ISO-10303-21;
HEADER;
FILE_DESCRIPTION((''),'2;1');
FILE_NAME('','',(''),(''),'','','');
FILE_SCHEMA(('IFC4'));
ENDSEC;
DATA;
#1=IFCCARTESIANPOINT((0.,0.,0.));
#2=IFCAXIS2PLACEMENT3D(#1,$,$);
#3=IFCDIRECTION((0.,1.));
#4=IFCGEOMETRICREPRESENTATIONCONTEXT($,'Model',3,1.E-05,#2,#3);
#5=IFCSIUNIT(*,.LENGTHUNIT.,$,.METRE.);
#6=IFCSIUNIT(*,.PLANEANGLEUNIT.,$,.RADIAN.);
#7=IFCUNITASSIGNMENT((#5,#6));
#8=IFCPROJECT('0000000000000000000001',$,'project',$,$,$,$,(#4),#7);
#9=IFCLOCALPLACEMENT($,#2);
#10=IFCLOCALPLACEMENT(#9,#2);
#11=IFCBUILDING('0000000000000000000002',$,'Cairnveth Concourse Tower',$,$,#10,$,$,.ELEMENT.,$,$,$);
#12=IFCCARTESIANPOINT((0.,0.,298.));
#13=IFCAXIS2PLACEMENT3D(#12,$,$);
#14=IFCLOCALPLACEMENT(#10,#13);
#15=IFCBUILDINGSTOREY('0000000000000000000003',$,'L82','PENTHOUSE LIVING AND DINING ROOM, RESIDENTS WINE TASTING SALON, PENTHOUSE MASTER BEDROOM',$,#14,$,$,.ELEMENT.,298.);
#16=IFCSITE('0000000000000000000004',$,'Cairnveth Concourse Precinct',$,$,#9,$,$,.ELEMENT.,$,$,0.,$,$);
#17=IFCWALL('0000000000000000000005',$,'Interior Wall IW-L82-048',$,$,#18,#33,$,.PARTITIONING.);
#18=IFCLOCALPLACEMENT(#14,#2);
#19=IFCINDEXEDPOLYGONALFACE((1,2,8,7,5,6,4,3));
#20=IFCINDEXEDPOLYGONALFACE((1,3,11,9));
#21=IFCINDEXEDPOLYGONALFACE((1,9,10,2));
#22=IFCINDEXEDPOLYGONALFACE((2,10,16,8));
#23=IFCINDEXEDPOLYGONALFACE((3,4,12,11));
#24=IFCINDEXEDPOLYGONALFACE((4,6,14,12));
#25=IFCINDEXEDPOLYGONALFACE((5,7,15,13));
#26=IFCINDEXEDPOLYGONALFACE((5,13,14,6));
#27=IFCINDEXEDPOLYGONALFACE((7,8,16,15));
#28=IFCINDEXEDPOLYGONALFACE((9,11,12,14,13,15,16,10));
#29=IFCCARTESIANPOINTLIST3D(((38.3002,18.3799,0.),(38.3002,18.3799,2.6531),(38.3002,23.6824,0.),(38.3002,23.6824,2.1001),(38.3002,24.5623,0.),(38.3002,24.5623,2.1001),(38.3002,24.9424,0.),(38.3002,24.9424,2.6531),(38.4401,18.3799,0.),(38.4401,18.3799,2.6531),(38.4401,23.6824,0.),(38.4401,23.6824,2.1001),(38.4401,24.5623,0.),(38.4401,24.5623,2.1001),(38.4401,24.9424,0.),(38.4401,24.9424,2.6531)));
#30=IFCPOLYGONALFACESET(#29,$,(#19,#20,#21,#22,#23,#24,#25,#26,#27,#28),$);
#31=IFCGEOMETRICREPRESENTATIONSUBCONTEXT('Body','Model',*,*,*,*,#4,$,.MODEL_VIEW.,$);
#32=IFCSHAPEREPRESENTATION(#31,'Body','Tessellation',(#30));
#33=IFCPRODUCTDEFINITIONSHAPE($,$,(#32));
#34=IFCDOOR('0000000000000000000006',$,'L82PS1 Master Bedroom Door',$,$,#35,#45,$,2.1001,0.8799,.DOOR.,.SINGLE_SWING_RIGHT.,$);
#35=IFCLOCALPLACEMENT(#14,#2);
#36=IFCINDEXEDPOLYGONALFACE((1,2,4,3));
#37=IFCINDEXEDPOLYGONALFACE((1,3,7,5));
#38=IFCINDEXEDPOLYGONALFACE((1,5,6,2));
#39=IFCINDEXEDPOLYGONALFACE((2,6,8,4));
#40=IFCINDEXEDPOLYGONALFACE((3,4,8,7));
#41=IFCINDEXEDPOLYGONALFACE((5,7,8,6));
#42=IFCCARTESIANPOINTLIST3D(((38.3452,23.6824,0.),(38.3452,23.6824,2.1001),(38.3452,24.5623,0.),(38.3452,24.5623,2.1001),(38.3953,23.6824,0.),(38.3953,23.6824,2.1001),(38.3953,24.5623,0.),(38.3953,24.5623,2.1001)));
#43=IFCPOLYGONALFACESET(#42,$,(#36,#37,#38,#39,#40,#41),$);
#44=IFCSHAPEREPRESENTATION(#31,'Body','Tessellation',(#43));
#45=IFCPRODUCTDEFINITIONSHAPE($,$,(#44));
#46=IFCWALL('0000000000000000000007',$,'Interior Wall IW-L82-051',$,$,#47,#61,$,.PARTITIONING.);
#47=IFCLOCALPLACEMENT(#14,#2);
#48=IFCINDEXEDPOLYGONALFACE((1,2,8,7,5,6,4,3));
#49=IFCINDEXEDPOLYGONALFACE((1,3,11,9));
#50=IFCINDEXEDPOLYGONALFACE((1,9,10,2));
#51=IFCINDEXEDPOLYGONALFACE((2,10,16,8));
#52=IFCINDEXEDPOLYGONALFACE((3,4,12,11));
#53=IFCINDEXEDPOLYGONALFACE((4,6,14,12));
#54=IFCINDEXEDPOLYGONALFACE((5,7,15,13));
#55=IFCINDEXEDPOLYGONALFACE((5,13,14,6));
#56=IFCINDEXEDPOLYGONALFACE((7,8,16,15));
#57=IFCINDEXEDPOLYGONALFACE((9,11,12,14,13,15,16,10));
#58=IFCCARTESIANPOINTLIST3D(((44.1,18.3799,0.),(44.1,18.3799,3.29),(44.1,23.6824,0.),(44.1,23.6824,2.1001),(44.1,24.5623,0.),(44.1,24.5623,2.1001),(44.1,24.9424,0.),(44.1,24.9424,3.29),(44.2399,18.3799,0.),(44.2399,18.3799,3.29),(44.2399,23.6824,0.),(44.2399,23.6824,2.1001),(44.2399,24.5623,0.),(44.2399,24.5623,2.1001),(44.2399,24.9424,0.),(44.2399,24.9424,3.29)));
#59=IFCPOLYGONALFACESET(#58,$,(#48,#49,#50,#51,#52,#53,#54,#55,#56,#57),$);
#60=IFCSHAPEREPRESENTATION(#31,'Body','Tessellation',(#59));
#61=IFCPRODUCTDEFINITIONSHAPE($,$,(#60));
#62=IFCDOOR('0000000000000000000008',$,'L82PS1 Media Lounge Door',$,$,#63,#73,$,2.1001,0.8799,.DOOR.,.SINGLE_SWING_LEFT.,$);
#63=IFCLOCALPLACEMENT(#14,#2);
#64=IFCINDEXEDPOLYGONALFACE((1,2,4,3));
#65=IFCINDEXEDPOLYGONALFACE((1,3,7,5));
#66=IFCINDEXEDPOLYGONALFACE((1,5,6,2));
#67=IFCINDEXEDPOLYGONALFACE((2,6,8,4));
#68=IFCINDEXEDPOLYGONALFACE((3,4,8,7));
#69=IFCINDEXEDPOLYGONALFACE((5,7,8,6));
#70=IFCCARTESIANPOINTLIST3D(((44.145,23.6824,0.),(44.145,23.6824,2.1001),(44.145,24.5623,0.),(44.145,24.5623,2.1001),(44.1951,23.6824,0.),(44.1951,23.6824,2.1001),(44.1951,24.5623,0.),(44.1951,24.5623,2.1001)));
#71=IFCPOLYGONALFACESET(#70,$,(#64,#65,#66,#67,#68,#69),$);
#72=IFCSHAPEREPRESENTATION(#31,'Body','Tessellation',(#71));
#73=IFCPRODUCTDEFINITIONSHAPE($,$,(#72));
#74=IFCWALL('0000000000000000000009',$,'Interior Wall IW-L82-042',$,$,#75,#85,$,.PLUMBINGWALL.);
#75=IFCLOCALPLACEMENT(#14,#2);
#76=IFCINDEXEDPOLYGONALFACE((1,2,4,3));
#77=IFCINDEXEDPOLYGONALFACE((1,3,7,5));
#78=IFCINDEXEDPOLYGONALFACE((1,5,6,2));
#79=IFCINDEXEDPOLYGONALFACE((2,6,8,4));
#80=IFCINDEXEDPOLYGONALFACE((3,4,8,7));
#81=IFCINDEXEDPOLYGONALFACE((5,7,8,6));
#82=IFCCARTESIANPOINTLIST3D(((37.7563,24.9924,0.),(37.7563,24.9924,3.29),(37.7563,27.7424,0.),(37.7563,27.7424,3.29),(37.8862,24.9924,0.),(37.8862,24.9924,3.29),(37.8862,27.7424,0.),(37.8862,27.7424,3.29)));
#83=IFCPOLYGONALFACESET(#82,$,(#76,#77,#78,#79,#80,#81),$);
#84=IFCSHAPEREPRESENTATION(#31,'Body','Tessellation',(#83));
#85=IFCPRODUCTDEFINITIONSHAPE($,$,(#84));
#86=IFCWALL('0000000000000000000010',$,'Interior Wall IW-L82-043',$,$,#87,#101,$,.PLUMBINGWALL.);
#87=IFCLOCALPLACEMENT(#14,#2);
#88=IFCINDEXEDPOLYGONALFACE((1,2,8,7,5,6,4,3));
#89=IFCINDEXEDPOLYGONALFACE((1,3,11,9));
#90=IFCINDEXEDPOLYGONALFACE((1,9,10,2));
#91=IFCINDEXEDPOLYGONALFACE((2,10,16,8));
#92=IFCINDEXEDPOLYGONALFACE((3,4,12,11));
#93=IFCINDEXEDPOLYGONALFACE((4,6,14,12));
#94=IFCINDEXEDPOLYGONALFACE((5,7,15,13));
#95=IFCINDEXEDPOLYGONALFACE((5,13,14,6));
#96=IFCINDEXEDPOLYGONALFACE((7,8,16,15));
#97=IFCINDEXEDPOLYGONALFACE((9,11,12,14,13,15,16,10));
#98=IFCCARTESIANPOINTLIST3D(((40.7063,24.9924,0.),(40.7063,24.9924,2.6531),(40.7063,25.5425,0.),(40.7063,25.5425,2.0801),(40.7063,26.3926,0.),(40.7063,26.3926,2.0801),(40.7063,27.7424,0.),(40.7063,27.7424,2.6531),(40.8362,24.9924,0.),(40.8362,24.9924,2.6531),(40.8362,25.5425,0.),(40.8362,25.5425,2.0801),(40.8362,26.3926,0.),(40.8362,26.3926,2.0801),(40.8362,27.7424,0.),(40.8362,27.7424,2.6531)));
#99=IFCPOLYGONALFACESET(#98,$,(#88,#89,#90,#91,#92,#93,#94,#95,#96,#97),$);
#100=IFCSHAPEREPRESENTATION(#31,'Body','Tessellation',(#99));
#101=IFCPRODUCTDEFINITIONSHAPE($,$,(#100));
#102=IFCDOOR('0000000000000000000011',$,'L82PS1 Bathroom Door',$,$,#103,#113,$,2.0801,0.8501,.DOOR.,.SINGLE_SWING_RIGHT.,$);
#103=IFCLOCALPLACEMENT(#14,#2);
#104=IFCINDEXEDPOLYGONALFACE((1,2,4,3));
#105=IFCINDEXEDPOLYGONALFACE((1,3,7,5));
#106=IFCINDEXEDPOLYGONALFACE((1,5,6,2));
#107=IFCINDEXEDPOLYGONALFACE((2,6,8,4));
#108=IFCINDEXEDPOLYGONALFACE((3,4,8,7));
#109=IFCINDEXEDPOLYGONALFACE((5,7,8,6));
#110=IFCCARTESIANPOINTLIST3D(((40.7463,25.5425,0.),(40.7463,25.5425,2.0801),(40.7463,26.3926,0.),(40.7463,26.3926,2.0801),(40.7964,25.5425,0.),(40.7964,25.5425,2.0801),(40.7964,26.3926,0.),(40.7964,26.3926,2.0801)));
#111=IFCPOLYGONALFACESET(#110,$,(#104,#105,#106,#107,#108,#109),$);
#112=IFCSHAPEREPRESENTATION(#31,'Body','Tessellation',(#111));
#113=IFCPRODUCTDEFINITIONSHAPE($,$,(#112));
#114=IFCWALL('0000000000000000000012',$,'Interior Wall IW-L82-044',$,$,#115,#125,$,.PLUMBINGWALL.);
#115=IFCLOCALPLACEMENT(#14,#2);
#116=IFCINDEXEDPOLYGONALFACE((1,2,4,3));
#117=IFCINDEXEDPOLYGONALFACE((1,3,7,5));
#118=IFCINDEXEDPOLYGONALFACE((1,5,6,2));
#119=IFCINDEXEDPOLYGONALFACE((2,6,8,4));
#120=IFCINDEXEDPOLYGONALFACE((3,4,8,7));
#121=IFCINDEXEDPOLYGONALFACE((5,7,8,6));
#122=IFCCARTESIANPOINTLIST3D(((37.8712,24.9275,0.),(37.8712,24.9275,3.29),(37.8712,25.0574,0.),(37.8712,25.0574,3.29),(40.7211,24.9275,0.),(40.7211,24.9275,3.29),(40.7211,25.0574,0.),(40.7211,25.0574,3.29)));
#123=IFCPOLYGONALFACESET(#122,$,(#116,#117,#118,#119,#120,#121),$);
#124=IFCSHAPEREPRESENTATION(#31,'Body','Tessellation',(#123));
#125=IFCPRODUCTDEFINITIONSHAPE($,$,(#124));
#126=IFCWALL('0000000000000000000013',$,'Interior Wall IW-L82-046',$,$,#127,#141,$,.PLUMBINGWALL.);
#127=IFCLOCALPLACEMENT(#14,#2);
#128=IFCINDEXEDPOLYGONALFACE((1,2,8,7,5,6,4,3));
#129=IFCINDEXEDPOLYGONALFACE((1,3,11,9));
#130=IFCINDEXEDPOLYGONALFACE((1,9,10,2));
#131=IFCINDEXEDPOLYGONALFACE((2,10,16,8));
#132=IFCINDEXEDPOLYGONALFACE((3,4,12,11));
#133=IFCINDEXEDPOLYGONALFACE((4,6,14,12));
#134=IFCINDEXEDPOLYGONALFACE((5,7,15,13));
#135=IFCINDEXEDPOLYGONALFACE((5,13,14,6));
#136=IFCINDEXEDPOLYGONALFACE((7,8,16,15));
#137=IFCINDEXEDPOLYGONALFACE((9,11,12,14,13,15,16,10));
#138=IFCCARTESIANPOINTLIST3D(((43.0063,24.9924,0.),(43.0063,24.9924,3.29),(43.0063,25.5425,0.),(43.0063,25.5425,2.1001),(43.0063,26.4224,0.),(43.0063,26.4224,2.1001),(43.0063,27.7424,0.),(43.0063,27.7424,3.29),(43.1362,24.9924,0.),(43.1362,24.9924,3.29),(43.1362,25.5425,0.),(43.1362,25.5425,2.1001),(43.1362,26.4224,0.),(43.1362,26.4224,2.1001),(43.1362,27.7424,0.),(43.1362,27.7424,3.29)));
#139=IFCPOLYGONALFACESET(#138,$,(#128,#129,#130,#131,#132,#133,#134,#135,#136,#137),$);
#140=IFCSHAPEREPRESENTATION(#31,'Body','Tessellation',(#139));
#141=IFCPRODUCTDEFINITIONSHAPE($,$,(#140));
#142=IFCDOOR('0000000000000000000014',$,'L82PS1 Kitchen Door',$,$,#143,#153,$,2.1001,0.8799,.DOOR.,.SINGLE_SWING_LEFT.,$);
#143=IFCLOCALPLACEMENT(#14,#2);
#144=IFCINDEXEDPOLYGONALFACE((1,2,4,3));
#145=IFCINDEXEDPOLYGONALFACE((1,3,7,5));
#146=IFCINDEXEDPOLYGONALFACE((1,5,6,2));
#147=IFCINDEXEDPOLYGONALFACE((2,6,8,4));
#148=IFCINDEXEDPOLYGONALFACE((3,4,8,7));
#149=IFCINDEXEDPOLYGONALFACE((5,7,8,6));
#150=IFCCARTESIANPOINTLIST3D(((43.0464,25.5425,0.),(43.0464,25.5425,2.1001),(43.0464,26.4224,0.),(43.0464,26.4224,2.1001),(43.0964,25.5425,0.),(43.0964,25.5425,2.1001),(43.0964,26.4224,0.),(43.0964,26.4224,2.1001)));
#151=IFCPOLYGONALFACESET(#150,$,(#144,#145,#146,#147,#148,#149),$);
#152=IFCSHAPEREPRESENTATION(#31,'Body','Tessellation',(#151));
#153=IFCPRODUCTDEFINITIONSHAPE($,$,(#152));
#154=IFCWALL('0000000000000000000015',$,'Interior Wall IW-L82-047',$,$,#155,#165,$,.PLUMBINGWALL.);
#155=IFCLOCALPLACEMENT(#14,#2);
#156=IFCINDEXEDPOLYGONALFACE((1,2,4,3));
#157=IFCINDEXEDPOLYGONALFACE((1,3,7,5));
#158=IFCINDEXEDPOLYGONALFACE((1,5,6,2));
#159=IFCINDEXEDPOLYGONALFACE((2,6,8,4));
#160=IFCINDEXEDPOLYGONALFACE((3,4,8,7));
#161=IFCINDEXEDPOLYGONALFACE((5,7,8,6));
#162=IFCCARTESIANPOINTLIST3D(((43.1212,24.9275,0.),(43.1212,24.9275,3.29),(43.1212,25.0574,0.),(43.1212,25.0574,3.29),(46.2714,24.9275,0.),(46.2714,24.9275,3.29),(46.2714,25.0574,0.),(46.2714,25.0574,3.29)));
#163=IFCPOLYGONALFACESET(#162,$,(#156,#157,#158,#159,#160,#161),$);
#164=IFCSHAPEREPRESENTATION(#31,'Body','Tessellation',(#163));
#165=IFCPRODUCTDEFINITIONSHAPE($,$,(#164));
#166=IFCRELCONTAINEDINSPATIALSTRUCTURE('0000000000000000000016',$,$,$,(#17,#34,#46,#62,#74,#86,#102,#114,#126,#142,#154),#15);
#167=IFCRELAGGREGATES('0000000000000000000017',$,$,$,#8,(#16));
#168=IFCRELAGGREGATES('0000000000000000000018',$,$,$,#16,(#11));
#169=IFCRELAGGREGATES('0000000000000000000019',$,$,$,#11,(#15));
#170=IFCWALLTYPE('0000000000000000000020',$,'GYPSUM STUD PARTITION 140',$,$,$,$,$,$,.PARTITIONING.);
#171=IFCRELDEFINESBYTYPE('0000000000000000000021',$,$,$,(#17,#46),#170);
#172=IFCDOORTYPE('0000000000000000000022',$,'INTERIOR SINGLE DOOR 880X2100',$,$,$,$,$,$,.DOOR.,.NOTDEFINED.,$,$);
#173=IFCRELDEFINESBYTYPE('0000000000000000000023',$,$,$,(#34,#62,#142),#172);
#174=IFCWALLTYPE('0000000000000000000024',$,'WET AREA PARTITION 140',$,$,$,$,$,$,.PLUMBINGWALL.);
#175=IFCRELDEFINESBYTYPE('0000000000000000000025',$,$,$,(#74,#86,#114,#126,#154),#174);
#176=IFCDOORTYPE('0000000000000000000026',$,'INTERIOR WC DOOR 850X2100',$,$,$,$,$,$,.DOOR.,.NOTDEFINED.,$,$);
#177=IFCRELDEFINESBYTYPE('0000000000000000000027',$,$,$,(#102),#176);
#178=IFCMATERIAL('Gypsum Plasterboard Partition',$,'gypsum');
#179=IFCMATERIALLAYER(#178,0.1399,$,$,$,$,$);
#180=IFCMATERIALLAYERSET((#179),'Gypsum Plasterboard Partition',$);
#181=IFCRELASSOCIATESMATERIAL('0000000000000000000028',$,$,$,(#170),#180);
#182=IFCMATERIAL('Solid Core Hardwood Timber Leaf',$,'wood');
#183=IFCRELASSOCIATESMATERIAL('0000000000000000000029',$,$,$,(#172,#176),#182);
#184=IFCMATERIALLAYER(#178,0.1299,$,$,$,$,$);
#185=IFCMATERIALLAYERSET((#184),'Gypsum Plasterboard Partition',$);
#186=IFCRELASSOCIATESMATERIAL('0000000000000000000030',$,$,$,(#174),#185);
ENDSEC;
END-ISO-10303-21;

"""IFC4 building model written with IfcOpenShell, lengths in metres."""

from ifc_helpers import new_model, si_unit, direction, frame, frame_2d, origin, place, context, subcontext, project, spatial, rectangle, extrude, material, layer, layer_set, type_object, element, fill, save


model = new_model("IFC4")

# Units and contexts
model_context = context("Model", 3, precision=1e-05, world=origin(), true_north=direction((0.0, 1.0)))
body_context = subcontext(model_context, "Body", "Model", "MODEL_VIEW")
ifc_project = project(units=[si_unit("LENGTHUNIT", "METRE"), si_unit("PLANEANGLEUNIT", "RADIAN")], contexts=[model_context])

# Site, building, storey
site_placement = place(None, origin())
site = spatial("IfcSite", under=ifc_project, at=site_placement, Name="Cairnveth Concourse Precinct", CompositionType="ELEMENT", RefElevation=0.0)
building_placement = place(site_placement, origin())
building = spatial("IfcBuilding", under=site, at=building_placement, Name="Cairnveth Concourse Tower", CompositionType="ELEMENT")
storey_placement = place(building_placement, frame((0.0, 0.0, 298.0)))
storey = spatial("IfcBuildingStorey", under=building, at=storey_placement, Name="L82", Description="PENTHOUSE LIVING AND DINING ROOM, RESIDENTS WINE TASTING SALON, PENTHOUSE MASTER BEDROOM", CompositionType="ELEMENT", Elevation=298.0)

# Walls, openings, doors
ifc_material_1 = material(Name="Gypsum Plasterboard Partition", Category="gypsum")
ifc_layer_1 = layer(ifc_material_1, 0.1399)
ifc_layer_set_1 = layer_set([ifc_layer_1], Name="Gypsum Plasterboard Partition")
wall_type_1 = type_object("IfcWallType", Name="GYPSUM STUD PARTITION 140", PredefinedType="PARTITIONING", material=ifc_layer_set_1)
wall_1_placement = place(storey_placement, frame((38.3701, 18.3799, 0.0), z_axis=(0.0, 0.0, 1.0), x_axis=(0.0, 1.0, 0.0)))
wall_1 = element("IfcWall", 1, at=wall_1_placement, inside=storey, type_object=wall_type_1, Name="Interior Wall IW-L82-048", PredefinedType="PARTITIONING", context=body_context, shape_type="SweptSolid", body=[
    extrude(rectangle(XDim=6.5625, YDim=0.1399, at=frame_2d((3.2812, 0.0))), origin(), (0.0, 0.0, 1.0), 2.6531),
])
opening_1_placement = place(wall_1_placement, frame((5.3025, 0.0, 0.0)))
opening_1 = element("IfcOpeningElement", 2, at=opening_1_placement, cuts=wall_1, PredefinedType="OPENING", context=body_context, shape_type="SweptSolid", body=[
    extrude(rectangle(XDim=0.8799, YDim=2.1001, at=frame_2d((0.4399, 1.05))), frame((0.0, 0.0798, 0.0), z_axis=(0.0, -1.0, 0.0), x_axis=(1.0, 0.0, 0.0)), (0.0, 0.0, 1.0), 0.1599),
])
ifc_material_2 = material(Name="Solid Core Hardwood Timber Leaf", Category="wood")
door_type_1 = type_object("IfcDoorType", Name="INTERIOR SINGLE DOOR 880X2100", OperationType="NOTDEFINED", PredefinedType="DOOR", material=ifc_material_2)
door_1_placement = place(opening_1_placement, origin())
door_1 = element("IfcDoor", 3, at=door_1_placement, inside=storey, type_object=door_type_1, Name="L82PS1 Master Bedroom Door", OperationType="SINGLE_SWING_RIGHT", OverallHeight=2.1001, OverallWidth=0.8799, PredefinedType="DOOR", context=body_context, shape_type="SweptSolid", body=[
    extrude(rectangle(XDim=0.8799, YDim=2.1001, at=frame_2d((0.4399, 1.05))), frame((0.0, 0.0249, 0.0), z_axis=(0.0, -1.0, 0.0), x_axis=(1.0, 0.0, 0.0)), (0.0, 0.0, 1.0), 0.05),
])
fill(opening_1, door_1)
wall_2_placement = place(storey_placement, frame((44.1699, 18.3799, 0.0), z_axis=(0.0, 0.0, 1.0), x_axis=(0.0, 1.0, 0.0)))
wall_2 = element("IfcWall", 4, at=wall_2_placement, inside=storey, type_object=wall_type_1, Name="Interior Wall IW-L82-051", PredefinedType="PARTITIONING", context=body_context, shape_type="SweptSolid", body=[
    extrude(rectangle(XDim=6.5625, YDim=0.1399, at=frame_2d((3.2812, 0.0))), origin(), (0.0, 0.0, 1.0), 3.29),
])
opening_2_placement = place(wall_2_placement, frame((5.3025, 0.0, 0.0)))
opening_2 = element("IfcOpeningElement", 5, at=opening_2_placement, cuts=wall_2, PredefinedType="OPENING", context=body_context, shape_type="SweptSolid", body=[
    extrude(rectangle(XDim=0.8799, YDim=2.1001, at=frame_2d((0.4399, 1.05))), frame((0.0, 0.0798, 0.0), z_axis=(0.0, -1.0, 0.0), x_axis=(1.0, 0.0, 0.0)), (0.0, 0.0, 1.0), 0.1599),
])
door_2_placement = place(opening_2_placement, origin())
door_2 = element("IfcDoor", 6, at=door_2_placement, inside=storey, type_object=door_type_1, Name="L82PS1 Media Lounge Door", OperationType="SINGLE_SWING_LEFT", OverallHeight=2.1001, OverallWidth=0.8799, PredefinedType="DOOR", context=body_context, shape_type="SweptSolid", body=[
    extrude(rectangle(XDim=0.8799, YDim=2.1001, at=frame_2d((0.4399, 1.05))), frame((0.0, 0.0249, 0.0), z_axis=(0.0, -1.0, 0.0), x_axis=(1.0, 0.0, 0.0)), (0.0, 0.0, 1.0), 0.05),
])
fill(opening_2, door_2)

# Wall
ifc_layer_2 = layer(ifc_material_1, 0.1299)
ifc_layer_set_2 = layer_set([ifc_layer_2], Name="Gypsum Plasterboard Partition")
wall_type_2 = type_object("IfcWallType", Name="WET AREA PARTITION 140", PredefinedType="PLUMBINGWALL", material=ifc_layer_set_2)
wall_3_placement = place(storey_placement, frame((37.8213, 24.9924, 0.0), z_axis=(0.0, 0.0, 1.0), x_axis=(0.0, 1.0, 0.0)))
element("IfcWall", 7, at=wall_3_placement, inside=storey, type_object=wall_type_2, Name="Interior Wall IW-L82-042", PredefinedType="PLUMBINGWALL", context=body_context, shape_type="SweptSolid", body=[
    extrude(rectangle(XDim=2.75, YDim=0.1299, at=frame_2d((1.375, 0.0))), origin(), (0.0, 0.0, 1.0), 3.29),
])

# Wall, opening, door
wall_4_placement = place(storey_placement, frame((40.7712, 24.9924, 0.0), z_axis=(0.0, 0.0, 1.0), x_axis=(0.0, 1.0, 0.0)))
wall_4 = element("IfcWall", 8, at=wall_4_placement, inside=storey, type_object=wall_type_2, Name="Interior Wall IW-L82-043", PredefinedType="PLUMBINGWALL", context=body_context, shape_type="SweptSolid", body=[
    extrude(rectangle(XDim=2.75, YDim=0.1299, at=frame_2d((1.375, 0.0))), origin(), (0.0, 0.0, 1.0), 2.6531),
])
opening_3_placement = place(wall_4_placement, frame((0.55, 0.0, 0.0)))
opening_3 = element("IfcOpeningElement", 9, at=opening_3_placement, cuts=wall_4, PredefinedType="OPENING", context=body_context, shape_type="SweptSolid", body=[
    extrude(rectangle(XDim=0.8501, YDim=2.0801, at=frame_2d((0.425, 1.04))), frame((0.0, 0.075, 0.0), z_axis=(0.0, -1.0, 0.0), x_axis=(1.0, 0.0, 0.0)), (0.0, 0.0, 1.0), 0.1499),
])
door_type_2 = type_object("IfcDoorType", Name="INTERIOR WC DOOR 850X2100", OperationType="NOTDEFINED", PredefinedType="DOOR", material=ifc_material_2)
door_3_placement = place(opening_3_placement, origin())
door_3 = element("IfcDoor", 10, at=door_3_placement, inside=storey, type_object=door_type_2, Name="L82PS1 Bathroom Door", OperationType="SINGLE_SWING_RIGHT", OverallHeight=2.0801, OverallWidth=0.8501, PredefinedType="DOOR", context=body_context, shape_type="SweptSolid", body=[
    extrude(rectangle(XDim=0.8501, YDim=2.0801, at=frame_2d((0.425, 1.04))), frame((0.0, 0.0249, 0.0), z_axis=(0.0, -1.0, 0.0), x_axis=(1.0, 0.0, 0.0)), (0.0, 0.0, 1.0), 0.05),
])
fill(opening_3, door_3)

# Wall
wall_5_placement = place(storey_placement, frame((37.8713, 24.9924, 0.0), z_axis=(0.0, 0.0, 1.0), x_axis=(1.0, 0.0, 0.0)))
element("IfcWall", 11, at=wall_5_placement, inside=storey, type_object=wall_type_2, Name="Interior Wall IW-L82-044", PredefinedType="PLUMBINGWALL", context=body_context, shape_type="SweptSolid", body=[
    extrude(rectangle(XDim=2.8499, YDim=0.1299, at=frame_2d((1.4248, 0.0))), origin(), (0.0, 0.0, 1.0), 3.29),
])

# Wall, opening, door
wall_6_placement = place(storey_placement, frame((43.0713, 24.9924, 0.0), z_axis=(0.0, 0.0, 1.0), x_axis=(0.0, 1.0, 0.0)))
wall_6 = element("IfcWall", 12, at=wall_6_placement, inside=storey, type_object=wall_type_2, Name="Interior Wall IW-L82-046", PredefinedType="PLUMBINGWALL", context=body_context, shape_type="SweptSolid", body=[
    extrude(rectangle(XDim=2.75, YDim=0.1299, at=frame_2d((1.375, 0.0))), origin(), (0.0, 0.0, 1.0), 3.29),
])
opening_4_placement = place(wall_6_placement, frame((0.55, 0.0, 0.0)))
opening_4 = element("IfcOpeningElement", 13, at=opening_4_placement, cuts=wall_6, PredefinedType="OPENING", context=body_context, shape_type="SweptSolid", body=[
    extrude(rectangle(XDim=0.8799, YDim=2.1001, at=frame_2d((0.4399, 1.05))), frame((0.0, 0.075, 0.0), z_axis=(0.0, -1.0, 0.0), x_axis=(1.0, 0.0, 0.0)), (0.0, 0.0, 1.0), 0.1499),
])
door_4_placement = place(opening_4_placement, origin())
door_4 = element("IfcDoor", 14, at=door_4_placement, inside=storey, type_object=door_type_1, Name="L82PS1 Kitchen Door", OperationType="SINGLE_SWING_LEFT", OverallHeight=2.1001, OverallWidth=0.8799, PredefinedType="DOOR", context=body_context, shape_type="SweptSolid", body=[
    extrude(rectangle(XDim=0.8799, YDim=2.1001, at=frame_2d((0.4399, 1.05))), frame((0.0, 0.0249, 0.0), z_axis=(0.0, -1.0, 0.0), x_axis=(1.0, 0.0, 0.0)), (0.0, 0.0, 1.0), 0.05),
])
fill(opening_4, door_4)

# Wall
wall_7_placement = place(storey_placement, frame((43.1211, 24.9924, 0.0), z_axis=(0.0, 0.0, 1.0), x_axis=(1.0, 0.0, 0.0)))
element("IfcWall", 15, at=wall_7_placement, inside=storey, type_object=wall_type_2, Name="Interior Wall IW-L82-047", PredefinedType="PLUMBINGWALL", context=body_context, shape_type="SweptSolid", body=[
    extrude(rectangle(XDim=3.1501, YDim=0.1299, at=frame_2d((1.5752, 0.0))), origin(), (0.0, 0.0, 1.0), 3.29),
])

save(model, "model.ifc")
